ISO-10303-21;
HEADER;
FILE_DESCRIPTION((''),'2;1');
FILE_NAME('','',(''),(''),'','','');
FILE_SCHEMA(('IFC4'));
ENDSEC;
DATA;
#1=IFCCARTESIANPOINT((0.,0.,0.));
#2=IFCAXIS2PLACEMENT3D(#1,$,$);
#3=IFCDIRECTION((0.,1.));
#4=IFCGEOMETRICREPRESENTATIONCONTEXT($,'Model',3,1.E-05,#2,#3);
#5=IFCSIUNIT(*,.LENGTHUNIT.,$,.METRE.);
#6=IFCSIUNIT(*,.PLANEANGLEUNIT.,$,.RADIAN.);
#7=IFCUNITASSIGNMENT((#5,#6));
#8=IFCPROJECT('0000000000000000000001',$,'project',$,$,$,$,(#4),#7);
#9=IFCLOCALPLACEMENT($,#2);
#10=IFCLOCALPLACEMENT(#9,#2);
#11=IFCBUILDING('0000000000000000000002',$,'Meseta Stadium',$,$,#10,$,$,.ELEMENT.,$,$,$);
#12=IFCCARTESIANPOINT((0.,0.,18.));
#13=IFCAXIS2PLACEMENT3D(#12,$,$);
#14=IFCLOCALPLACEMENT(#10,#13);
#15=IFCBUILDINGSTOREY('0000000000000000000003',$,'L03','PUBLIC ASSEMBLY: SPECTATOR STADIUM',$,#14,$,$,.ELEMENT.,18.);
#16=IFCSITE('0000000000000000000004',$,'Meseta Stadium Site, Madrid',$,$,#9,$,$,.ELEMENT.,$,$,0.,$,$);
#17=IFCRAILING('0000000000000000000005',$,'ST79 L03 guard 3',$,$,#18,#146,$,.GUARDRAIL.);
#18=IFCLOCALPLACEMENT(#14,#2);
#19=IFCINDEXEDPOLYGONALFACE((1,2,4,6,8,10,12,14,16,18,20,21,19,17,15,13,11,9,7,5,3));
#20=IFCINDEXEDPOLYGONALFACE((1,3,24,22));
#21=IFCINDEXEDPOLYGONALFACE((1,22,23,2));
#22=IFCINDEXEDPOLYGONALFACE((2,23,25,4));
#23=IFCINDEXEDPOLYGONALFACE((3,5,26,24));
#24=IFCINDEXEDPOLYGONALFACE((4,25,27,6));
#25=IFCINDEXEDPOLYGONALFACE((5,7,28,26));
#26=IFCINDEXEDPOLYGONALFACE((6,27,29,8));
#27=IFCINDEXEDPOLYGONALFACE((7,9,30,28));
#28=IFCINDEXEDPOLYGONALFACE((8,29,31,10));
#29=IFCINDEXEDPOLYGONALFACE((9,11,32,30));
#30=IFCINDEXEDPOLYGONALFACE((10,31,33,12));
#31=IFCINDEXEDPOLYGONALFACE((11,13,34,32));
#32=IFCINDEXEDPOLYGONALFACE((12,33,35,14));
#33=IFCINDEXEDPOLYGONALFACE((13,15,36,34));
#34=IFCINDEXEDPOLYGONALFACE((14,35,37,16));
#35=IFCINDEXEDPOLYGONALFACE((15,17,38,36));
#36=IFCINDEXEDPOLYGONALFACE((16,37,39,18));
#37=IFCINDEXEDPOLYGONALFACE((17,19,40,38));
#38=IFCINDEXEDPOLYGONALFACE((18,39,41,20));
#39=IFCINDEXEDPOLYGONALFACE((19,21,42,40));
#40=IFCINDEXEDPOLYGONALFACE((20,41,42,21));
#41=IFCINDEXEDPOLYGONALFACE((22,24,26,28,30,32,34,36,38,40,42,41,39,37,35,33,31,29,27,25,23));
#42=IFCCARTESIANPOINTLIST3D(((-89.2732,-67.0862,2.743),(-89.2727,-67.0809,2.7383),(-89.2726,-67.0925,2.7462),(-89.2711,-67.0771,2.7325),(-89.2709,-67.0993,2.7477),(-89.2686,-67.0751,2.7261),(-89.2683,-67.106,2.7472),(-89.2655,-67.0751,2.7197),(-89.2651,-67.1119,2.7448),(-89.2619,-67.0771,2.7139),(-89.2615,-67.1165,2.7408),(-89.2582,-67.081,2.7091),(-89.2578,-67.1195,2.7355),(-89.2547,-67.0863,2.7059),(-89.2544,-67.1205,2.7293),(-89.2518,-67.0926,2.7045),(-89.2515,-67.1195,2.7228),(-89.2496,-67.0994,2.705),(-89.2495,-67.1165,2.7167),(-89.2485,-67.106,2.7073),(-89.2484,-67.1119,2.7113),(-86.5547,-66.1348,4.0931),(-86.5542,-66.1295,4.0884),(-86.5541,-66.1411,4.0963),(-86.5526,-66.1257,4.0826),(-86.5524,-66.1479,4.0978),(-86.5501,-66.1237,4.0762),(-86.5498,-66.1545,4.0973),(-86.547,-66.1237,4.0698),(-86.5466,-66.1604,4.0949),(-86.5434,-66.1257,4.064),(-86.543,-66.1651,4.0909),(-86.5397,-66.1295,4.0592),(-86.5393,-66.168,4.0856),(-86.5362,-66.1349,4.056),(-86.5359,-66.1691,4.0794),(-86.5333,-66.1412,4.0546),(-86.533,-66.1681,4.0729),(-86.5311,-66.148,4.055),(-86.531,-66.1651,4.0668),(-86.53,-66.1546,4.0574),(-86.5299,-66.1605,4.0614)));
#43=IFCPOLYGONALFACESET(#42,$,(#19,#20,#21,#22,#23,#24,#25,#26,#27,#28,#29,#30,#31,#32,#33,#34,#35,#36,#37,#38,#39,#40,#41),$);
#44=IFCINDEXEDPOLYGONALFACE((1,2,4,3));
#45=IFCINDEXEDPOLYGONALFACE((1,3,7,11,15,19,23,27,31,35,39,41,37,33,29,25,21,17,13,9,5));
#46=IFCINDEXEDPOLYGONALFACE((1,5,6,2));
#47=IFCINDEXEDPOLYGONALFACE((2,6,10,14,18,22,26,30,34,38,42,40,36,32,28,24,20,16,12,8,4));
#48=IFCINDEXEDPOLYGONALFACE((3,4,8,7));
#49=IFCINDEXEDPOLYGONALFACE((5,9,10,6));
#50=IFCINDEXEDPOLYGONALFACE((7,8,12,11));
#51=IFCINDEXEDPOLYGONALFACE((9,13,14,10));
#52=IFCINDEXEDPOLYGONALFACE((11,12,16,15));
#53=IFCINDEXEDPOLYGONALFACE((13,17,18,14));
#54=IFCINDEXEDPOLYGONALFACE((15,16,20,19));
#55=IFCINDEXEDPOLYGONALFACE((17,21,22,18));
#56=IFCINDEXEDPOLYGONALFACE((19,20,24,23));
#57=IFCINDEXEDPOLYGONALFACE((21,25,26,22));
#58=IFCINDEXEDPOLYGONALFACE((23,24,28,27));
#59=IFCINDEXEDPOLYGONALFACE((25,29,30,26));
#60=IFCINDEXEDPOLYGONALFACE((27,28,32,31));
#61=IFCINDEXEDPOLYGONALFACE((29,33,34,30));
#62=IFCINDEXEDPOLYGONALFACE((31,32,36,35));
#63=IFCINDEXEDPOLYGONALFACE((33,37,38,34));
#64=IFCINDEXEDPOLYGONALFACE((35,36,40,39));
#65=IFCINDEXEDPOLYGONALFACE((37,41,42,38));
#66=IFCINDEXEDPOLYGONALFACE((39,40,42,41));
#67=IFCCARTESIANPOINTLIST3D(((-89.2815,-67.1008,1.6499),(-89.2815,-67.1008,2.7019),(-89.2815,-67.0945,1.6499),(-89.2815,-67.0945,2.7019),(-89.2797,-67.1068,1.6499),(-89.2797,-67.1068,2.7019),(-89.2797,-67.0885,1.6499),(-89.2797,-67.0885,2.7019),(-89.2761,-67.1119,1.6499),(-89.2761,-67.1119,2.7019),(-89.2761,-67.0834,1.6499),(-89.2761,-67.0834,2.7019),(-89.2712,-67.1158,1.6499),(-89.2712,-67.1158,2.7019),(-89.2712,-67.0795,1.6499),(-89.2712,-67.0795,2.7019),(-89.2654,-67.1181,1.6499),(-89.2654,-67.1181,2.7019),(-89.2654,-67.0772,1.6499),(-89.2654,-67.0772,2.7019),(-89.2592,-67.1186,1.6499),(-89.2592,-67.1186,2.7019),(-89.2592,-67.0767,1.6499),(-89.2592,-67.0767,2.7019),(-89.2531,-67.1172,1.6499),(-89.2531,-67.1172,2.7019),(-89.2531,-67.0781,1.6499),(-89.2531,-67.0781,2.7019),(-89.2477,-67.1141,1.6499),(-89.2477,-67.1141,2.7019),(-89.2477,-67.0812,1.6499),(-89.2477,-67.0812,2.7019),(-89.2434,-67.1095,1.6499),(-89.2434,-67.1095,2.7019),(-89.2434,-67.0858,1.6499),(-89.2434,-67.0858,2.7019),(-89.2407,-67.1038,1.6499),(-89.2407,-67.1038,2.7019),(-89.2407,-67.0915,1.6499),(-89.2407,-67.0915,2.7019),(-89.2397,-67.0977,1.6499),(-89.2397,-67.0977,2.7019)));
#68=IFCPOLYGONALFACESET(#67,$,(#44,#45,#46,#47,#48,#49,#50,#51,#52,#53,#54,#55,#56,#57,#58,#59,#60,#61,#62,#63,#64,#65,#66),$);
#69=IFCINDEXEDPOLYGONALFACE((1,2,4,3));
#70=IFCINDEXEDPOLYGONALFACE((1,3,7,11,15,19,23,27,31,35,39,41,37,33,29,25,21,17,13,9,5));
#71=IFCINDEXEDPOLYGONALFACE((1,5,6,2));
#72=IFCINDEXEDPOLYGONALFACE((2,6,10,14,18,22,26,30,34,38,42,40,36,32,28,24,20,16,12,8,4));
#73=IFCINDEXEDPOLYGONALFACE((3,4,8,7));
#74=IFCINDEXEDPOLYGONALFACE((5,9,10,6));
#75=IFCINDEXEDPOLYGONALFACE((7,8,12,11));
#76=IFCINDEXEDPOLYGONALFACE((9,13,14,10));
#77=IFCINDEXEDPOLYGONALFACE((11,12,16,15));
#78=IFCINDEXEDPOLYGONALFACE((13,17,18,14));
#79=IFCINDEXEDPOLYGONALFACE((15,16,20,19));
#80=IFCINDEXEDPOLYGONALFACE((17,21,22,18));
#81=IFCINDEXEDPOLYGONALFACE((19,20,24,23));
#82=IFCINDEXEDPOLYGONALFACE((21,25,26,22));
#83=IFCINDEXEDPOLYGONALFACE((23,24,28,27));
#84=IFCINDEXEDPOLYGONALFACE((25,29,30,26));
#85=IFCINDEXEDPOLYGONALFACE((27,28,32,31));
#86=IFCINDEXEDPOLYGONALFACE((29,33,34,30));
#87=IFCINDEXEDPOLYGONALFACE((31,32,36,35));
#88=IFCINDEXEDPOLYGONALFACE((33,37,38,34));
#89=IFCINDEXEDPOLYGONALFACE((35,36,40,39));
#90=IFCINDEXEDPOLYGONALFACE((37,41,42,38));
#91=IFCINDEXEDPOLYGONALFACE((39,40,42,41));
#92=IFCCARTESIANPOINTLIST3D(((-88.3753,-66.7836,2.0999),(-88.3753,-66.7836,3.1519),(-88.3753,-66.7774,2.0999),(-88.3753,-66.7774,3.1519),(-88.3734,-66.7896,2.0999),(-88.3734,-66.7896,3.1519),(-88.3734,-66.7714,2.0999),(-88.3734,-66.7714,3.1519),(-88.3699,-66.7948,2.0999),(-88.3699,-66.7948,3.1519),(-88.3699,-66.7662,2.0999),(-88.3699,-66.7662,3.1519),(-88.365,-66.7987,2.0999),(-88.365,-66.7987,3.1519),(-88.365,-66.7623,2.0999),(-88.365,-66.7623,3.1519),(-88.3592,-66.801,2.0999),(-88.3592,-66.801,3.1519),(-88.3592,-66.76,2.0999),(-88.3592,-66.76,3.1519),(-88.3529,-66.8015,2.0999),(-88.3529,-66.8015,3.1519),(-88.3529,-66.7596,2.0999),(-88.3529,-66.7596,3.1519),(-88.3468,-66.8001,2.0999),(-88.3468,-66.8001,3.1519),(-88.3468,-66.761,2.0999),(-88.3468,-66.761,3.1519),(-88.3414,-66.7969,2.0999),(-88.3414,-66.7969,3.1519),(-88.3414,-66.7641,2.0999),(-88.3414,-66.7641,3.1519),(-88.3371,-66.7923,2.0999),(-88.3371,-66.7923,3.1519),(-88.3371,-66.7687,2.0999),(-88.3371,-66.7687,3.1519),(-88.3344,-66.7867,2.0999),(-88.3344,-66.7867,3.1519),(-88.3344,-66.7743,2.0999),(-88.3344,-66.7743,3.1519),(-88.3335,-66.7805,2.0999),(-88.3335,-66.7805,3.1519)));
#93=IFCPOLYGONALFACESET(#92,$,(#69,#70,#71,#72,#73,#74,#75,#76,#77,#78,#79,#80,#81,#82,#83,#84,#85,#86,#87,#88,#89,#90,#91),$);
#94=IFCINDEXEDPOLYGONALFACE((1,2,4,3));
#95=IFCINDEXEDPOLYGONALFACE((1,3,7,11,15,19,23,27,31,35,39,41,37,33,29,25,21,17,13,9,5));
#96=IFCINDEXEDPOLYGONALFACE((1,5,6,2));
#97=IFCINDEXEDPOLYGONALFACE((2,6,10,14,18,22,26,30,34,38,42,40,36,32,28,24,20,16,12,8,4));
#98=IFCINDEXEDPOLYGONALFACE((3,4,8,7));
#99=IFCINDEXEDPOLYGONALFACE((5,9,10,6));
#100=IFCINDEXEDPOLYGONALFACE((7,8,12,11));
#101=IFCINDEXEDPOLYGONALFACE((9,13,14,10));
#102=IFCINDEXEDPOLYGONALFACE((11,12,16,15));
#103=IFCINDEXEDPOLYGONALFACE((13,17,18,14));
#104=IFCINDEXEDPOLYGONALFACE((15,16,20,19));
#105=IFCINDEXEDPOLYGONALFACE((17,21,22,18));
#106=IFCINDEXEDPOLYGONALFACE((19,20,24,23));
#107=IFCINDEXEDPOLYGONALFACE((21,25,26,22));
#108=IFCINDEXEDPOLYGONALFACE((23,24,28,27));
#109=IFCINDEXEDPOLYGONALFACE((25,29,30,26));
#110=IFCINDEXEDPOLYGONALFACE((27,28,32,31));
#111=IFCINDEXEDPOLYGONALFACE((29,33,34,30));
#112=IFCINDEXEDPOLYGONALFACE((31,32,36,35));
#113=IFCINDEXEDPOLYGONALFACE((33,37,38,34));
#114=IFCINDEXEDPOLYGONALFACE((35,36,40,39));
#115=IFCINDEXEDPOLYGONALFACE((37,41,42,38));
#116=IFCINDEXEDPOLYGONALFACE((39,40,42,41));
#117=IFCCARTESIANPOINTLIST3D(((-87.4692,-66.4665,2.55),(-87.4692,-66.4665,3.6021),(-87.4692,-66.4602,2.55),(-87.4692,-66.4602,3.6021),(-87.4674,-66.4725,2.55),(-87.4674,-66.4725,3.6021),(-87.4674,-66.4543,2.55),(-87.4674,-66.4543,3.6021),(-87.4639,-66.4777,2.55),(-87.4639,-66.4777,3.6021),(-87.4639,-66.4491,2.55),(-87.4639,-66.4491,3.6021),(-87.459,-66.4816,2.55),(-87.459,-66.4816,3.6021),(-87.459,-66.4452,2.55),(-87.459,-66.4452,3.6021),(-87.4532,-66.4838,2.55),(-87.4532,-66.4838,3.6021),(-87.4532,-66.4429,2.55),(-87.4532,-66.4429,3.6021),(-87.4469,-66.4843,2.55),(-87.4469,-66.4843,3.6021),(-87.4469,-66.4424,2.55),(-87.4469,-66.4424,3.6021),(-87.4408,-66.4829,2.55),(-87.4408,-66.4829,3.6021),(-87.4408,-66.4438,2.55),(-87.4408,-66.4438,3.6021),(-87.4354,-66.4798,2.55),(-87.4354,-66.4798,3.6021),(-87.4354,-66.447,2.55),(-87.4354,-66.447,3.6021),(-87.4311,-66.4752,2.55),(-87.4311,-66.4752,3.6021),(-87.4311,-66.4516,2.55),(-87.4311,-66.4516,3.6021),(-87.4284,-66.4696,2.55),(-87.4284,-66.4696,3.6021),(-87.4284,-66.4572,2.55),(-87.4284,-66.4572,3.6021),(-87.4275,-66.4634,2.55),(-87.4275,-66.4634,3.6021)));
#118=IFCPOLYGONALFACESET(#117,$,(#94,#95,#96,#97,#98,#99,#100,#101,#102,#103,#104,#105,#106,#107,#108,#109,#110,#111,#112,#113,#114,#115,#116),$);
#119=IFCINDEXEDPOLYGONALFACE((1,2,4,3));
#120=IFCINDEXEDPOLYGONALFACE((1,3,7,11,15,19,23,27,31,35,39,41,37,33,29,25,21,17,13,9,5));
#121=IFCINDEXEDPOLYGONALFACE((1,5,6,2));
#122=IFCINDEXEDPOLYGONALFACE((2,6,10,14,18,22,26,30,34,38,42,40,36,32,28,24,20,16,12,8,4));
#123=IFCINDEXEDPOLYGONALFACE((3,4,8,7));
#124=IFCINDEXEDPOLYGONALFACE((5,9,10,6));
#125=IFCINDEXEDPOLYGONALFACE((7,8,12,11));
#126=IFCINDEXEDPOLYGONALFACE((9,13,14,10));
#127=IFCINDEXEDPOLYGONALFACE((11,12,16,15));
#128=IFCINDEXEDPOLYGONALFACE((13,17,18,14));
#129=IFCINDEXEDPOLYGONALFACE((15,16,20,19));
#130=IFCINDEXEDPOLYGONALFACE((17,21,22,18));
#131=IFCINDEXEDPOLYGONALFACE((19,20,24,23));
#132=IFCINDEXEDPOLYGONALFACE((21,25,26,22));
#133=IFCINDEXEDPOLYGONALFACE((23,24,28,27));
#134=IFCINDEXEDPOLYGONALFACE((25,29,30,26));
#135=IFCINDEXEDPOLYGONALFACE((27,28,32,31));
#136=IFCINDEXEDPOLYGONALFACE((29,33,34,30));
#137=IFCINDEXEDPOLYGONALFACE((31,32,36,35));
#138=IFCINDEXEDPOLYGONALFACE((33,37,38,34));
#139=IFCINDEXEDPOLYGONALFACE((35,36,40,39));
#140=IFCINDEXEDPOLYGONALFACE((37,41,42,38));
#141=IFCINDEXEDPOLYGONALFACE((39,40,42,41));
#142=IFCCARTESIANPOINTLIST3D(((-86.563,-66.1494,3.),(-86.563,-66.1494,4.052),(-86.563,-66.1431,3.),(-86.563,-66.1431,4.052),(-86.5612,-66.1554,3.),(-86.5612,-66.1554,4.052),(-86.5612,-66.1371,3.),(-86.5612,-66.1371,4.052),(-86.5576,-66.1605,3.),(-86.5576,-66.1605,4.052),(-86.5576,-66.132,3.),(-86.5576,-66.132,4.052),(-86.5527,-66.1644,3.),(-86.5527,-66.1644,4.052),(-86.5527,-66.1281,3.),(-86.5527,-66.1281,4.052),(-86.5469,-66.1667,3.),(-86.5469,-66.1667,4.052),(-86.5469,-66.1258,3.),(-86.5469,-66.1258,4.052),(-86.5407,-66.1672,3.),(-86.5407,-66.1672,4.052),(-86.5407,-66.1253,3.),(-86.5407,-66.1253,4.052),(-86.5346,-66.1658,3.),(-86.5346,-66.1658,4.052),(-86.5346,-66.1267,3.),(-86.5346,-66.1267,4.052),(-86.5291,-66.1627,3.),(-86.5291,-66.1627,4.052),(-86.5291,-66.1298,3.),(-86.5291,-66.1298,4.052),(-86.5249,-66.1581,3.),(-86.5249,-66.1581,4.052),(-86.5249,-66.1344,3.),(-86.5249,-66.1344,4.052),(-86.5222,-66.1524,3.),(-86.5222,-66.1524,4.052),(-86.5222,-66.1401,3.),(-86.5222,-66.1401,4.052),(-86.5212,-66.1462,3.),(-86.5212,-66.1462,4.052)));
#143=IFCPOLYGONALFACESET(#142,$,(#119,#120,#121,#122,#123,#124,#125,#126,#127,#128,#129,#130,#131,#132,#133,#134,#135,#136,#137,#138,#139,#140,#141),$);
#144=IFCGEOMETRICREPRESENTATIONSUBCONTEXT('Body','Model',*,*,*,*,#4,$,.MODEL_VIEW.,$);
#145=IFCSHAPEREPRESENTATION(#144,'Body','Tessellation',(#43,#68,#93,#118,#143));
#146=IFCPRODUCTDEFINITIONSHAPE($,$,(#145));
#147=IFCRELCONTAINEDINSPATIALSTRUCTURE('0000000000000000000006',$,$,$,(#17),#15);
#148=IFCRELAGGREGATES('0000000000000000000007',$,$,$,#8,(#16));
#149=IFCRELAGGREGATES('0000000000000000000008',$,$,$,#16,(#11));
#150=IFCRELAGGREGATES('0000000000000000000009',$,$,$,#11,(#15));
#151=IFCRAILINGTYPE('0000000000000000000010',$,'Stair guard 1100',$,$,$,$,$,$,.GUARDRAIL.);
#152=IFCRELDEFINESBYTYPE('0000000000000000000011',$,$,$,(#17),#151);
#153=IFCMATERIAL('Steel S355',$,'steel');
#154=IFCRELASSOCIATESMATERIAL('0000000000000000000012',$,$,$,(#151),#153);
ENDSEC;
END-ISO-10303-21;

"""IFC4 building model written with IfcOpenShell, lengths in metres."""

from ifc_helpers import new_model, si_unit, direction, frame, origin, origin_2d, place, context, subcontext, project, spatial, circle, extrude, material, type_object, element, save


model = new_model("IFC4")

# Units and contexts
model_context = context("Model", 3, precision=1e-05, world=origin(), true_north=direction((0.0, 1.0)))
body_context = subcontext(model_context, "Body", "Model", "MODEL_VIEW")
ifc_project = project(units=[si_unit("LENGTHUNIT", "METRE"), si_unit("PLANEANGLEUNIT", "RADIAN")], contexts=[model_context])

# Site, building, storey
site_placement = place(None, origin())
site = spatial("IfcSite", under=ifc_project, at=site_placement, Name="Meseta Stadium Site, Madrid", CompositionType="ELEMENT", RefElevation=0.0)
building_placement = place(site_placement, origin())
building = spatial("IfcBuilding", under=site, at=building_placement, Name="Meseta Stadium", CompositionType="ELEMENT")
storey_placement = place(building_placement, frame((0.0, 0.0, 18.0)))
storey = spatial("IfcBuildingStorey", under=building, at=storey_placement, Name="L03", Description="PUBLIC ASSEMBLY: SPECTATOR STADIUM", CompositionType="ELEMENT", Elevation=18.0)

# Railing
ifc_material_1 = material(Name="Steel S355", Category="steel")
railing_type_1 = type_object("IfcRailingType", Name="Stair guard 1100", PredefinedType="GUARDRAIL", material=ifc_material_1)
railing_1_placement = place(storey_placement, frame((-89.2607, -67.0977, 1.6499)))
element("IfcRailing", 1, at=railing_1_placement, inside=storey, type_object=railing_type_1, Name="ST79 L03 guard 3", PredefinedType="GUARDRAIL", context=body_context, shape_type="SweptSolid", body=[
    extrude(circle(Radius=0.0239, at=origin_2d()), frame((0.0, 0.0, 1.0762), z_axis=(0.85463, 0.299101, 0.424437), x_axis=(-0.330332, 0.943865, 0.0)), (0.0, 0.0, 1.0), 3.1809),
    extrude(circle(Radius=0.021, at=origin_2d()), origin(), (0.0, 0.0, 1.0), 1.052),
    extrude(circle(Radius=0.021, at=origin_2d()), frame((0.9062, 0.3171, 0.45)), (0.0, 0.0, 1.0), 1.052),
    extrude(circle(Radius=0.021, at=origin_2d()), frame((1.8123, 0.6343, 0.9001)), (0.0, 0.0, 1.0), 1.052),
    extrude(circle(Radius=0.021, at=origin_2d()), frame((2.7185, 0.9514, 1.3501)), (0.0, 0.0, 1.0), 1.052),
])

save(model, "model.ifc")
